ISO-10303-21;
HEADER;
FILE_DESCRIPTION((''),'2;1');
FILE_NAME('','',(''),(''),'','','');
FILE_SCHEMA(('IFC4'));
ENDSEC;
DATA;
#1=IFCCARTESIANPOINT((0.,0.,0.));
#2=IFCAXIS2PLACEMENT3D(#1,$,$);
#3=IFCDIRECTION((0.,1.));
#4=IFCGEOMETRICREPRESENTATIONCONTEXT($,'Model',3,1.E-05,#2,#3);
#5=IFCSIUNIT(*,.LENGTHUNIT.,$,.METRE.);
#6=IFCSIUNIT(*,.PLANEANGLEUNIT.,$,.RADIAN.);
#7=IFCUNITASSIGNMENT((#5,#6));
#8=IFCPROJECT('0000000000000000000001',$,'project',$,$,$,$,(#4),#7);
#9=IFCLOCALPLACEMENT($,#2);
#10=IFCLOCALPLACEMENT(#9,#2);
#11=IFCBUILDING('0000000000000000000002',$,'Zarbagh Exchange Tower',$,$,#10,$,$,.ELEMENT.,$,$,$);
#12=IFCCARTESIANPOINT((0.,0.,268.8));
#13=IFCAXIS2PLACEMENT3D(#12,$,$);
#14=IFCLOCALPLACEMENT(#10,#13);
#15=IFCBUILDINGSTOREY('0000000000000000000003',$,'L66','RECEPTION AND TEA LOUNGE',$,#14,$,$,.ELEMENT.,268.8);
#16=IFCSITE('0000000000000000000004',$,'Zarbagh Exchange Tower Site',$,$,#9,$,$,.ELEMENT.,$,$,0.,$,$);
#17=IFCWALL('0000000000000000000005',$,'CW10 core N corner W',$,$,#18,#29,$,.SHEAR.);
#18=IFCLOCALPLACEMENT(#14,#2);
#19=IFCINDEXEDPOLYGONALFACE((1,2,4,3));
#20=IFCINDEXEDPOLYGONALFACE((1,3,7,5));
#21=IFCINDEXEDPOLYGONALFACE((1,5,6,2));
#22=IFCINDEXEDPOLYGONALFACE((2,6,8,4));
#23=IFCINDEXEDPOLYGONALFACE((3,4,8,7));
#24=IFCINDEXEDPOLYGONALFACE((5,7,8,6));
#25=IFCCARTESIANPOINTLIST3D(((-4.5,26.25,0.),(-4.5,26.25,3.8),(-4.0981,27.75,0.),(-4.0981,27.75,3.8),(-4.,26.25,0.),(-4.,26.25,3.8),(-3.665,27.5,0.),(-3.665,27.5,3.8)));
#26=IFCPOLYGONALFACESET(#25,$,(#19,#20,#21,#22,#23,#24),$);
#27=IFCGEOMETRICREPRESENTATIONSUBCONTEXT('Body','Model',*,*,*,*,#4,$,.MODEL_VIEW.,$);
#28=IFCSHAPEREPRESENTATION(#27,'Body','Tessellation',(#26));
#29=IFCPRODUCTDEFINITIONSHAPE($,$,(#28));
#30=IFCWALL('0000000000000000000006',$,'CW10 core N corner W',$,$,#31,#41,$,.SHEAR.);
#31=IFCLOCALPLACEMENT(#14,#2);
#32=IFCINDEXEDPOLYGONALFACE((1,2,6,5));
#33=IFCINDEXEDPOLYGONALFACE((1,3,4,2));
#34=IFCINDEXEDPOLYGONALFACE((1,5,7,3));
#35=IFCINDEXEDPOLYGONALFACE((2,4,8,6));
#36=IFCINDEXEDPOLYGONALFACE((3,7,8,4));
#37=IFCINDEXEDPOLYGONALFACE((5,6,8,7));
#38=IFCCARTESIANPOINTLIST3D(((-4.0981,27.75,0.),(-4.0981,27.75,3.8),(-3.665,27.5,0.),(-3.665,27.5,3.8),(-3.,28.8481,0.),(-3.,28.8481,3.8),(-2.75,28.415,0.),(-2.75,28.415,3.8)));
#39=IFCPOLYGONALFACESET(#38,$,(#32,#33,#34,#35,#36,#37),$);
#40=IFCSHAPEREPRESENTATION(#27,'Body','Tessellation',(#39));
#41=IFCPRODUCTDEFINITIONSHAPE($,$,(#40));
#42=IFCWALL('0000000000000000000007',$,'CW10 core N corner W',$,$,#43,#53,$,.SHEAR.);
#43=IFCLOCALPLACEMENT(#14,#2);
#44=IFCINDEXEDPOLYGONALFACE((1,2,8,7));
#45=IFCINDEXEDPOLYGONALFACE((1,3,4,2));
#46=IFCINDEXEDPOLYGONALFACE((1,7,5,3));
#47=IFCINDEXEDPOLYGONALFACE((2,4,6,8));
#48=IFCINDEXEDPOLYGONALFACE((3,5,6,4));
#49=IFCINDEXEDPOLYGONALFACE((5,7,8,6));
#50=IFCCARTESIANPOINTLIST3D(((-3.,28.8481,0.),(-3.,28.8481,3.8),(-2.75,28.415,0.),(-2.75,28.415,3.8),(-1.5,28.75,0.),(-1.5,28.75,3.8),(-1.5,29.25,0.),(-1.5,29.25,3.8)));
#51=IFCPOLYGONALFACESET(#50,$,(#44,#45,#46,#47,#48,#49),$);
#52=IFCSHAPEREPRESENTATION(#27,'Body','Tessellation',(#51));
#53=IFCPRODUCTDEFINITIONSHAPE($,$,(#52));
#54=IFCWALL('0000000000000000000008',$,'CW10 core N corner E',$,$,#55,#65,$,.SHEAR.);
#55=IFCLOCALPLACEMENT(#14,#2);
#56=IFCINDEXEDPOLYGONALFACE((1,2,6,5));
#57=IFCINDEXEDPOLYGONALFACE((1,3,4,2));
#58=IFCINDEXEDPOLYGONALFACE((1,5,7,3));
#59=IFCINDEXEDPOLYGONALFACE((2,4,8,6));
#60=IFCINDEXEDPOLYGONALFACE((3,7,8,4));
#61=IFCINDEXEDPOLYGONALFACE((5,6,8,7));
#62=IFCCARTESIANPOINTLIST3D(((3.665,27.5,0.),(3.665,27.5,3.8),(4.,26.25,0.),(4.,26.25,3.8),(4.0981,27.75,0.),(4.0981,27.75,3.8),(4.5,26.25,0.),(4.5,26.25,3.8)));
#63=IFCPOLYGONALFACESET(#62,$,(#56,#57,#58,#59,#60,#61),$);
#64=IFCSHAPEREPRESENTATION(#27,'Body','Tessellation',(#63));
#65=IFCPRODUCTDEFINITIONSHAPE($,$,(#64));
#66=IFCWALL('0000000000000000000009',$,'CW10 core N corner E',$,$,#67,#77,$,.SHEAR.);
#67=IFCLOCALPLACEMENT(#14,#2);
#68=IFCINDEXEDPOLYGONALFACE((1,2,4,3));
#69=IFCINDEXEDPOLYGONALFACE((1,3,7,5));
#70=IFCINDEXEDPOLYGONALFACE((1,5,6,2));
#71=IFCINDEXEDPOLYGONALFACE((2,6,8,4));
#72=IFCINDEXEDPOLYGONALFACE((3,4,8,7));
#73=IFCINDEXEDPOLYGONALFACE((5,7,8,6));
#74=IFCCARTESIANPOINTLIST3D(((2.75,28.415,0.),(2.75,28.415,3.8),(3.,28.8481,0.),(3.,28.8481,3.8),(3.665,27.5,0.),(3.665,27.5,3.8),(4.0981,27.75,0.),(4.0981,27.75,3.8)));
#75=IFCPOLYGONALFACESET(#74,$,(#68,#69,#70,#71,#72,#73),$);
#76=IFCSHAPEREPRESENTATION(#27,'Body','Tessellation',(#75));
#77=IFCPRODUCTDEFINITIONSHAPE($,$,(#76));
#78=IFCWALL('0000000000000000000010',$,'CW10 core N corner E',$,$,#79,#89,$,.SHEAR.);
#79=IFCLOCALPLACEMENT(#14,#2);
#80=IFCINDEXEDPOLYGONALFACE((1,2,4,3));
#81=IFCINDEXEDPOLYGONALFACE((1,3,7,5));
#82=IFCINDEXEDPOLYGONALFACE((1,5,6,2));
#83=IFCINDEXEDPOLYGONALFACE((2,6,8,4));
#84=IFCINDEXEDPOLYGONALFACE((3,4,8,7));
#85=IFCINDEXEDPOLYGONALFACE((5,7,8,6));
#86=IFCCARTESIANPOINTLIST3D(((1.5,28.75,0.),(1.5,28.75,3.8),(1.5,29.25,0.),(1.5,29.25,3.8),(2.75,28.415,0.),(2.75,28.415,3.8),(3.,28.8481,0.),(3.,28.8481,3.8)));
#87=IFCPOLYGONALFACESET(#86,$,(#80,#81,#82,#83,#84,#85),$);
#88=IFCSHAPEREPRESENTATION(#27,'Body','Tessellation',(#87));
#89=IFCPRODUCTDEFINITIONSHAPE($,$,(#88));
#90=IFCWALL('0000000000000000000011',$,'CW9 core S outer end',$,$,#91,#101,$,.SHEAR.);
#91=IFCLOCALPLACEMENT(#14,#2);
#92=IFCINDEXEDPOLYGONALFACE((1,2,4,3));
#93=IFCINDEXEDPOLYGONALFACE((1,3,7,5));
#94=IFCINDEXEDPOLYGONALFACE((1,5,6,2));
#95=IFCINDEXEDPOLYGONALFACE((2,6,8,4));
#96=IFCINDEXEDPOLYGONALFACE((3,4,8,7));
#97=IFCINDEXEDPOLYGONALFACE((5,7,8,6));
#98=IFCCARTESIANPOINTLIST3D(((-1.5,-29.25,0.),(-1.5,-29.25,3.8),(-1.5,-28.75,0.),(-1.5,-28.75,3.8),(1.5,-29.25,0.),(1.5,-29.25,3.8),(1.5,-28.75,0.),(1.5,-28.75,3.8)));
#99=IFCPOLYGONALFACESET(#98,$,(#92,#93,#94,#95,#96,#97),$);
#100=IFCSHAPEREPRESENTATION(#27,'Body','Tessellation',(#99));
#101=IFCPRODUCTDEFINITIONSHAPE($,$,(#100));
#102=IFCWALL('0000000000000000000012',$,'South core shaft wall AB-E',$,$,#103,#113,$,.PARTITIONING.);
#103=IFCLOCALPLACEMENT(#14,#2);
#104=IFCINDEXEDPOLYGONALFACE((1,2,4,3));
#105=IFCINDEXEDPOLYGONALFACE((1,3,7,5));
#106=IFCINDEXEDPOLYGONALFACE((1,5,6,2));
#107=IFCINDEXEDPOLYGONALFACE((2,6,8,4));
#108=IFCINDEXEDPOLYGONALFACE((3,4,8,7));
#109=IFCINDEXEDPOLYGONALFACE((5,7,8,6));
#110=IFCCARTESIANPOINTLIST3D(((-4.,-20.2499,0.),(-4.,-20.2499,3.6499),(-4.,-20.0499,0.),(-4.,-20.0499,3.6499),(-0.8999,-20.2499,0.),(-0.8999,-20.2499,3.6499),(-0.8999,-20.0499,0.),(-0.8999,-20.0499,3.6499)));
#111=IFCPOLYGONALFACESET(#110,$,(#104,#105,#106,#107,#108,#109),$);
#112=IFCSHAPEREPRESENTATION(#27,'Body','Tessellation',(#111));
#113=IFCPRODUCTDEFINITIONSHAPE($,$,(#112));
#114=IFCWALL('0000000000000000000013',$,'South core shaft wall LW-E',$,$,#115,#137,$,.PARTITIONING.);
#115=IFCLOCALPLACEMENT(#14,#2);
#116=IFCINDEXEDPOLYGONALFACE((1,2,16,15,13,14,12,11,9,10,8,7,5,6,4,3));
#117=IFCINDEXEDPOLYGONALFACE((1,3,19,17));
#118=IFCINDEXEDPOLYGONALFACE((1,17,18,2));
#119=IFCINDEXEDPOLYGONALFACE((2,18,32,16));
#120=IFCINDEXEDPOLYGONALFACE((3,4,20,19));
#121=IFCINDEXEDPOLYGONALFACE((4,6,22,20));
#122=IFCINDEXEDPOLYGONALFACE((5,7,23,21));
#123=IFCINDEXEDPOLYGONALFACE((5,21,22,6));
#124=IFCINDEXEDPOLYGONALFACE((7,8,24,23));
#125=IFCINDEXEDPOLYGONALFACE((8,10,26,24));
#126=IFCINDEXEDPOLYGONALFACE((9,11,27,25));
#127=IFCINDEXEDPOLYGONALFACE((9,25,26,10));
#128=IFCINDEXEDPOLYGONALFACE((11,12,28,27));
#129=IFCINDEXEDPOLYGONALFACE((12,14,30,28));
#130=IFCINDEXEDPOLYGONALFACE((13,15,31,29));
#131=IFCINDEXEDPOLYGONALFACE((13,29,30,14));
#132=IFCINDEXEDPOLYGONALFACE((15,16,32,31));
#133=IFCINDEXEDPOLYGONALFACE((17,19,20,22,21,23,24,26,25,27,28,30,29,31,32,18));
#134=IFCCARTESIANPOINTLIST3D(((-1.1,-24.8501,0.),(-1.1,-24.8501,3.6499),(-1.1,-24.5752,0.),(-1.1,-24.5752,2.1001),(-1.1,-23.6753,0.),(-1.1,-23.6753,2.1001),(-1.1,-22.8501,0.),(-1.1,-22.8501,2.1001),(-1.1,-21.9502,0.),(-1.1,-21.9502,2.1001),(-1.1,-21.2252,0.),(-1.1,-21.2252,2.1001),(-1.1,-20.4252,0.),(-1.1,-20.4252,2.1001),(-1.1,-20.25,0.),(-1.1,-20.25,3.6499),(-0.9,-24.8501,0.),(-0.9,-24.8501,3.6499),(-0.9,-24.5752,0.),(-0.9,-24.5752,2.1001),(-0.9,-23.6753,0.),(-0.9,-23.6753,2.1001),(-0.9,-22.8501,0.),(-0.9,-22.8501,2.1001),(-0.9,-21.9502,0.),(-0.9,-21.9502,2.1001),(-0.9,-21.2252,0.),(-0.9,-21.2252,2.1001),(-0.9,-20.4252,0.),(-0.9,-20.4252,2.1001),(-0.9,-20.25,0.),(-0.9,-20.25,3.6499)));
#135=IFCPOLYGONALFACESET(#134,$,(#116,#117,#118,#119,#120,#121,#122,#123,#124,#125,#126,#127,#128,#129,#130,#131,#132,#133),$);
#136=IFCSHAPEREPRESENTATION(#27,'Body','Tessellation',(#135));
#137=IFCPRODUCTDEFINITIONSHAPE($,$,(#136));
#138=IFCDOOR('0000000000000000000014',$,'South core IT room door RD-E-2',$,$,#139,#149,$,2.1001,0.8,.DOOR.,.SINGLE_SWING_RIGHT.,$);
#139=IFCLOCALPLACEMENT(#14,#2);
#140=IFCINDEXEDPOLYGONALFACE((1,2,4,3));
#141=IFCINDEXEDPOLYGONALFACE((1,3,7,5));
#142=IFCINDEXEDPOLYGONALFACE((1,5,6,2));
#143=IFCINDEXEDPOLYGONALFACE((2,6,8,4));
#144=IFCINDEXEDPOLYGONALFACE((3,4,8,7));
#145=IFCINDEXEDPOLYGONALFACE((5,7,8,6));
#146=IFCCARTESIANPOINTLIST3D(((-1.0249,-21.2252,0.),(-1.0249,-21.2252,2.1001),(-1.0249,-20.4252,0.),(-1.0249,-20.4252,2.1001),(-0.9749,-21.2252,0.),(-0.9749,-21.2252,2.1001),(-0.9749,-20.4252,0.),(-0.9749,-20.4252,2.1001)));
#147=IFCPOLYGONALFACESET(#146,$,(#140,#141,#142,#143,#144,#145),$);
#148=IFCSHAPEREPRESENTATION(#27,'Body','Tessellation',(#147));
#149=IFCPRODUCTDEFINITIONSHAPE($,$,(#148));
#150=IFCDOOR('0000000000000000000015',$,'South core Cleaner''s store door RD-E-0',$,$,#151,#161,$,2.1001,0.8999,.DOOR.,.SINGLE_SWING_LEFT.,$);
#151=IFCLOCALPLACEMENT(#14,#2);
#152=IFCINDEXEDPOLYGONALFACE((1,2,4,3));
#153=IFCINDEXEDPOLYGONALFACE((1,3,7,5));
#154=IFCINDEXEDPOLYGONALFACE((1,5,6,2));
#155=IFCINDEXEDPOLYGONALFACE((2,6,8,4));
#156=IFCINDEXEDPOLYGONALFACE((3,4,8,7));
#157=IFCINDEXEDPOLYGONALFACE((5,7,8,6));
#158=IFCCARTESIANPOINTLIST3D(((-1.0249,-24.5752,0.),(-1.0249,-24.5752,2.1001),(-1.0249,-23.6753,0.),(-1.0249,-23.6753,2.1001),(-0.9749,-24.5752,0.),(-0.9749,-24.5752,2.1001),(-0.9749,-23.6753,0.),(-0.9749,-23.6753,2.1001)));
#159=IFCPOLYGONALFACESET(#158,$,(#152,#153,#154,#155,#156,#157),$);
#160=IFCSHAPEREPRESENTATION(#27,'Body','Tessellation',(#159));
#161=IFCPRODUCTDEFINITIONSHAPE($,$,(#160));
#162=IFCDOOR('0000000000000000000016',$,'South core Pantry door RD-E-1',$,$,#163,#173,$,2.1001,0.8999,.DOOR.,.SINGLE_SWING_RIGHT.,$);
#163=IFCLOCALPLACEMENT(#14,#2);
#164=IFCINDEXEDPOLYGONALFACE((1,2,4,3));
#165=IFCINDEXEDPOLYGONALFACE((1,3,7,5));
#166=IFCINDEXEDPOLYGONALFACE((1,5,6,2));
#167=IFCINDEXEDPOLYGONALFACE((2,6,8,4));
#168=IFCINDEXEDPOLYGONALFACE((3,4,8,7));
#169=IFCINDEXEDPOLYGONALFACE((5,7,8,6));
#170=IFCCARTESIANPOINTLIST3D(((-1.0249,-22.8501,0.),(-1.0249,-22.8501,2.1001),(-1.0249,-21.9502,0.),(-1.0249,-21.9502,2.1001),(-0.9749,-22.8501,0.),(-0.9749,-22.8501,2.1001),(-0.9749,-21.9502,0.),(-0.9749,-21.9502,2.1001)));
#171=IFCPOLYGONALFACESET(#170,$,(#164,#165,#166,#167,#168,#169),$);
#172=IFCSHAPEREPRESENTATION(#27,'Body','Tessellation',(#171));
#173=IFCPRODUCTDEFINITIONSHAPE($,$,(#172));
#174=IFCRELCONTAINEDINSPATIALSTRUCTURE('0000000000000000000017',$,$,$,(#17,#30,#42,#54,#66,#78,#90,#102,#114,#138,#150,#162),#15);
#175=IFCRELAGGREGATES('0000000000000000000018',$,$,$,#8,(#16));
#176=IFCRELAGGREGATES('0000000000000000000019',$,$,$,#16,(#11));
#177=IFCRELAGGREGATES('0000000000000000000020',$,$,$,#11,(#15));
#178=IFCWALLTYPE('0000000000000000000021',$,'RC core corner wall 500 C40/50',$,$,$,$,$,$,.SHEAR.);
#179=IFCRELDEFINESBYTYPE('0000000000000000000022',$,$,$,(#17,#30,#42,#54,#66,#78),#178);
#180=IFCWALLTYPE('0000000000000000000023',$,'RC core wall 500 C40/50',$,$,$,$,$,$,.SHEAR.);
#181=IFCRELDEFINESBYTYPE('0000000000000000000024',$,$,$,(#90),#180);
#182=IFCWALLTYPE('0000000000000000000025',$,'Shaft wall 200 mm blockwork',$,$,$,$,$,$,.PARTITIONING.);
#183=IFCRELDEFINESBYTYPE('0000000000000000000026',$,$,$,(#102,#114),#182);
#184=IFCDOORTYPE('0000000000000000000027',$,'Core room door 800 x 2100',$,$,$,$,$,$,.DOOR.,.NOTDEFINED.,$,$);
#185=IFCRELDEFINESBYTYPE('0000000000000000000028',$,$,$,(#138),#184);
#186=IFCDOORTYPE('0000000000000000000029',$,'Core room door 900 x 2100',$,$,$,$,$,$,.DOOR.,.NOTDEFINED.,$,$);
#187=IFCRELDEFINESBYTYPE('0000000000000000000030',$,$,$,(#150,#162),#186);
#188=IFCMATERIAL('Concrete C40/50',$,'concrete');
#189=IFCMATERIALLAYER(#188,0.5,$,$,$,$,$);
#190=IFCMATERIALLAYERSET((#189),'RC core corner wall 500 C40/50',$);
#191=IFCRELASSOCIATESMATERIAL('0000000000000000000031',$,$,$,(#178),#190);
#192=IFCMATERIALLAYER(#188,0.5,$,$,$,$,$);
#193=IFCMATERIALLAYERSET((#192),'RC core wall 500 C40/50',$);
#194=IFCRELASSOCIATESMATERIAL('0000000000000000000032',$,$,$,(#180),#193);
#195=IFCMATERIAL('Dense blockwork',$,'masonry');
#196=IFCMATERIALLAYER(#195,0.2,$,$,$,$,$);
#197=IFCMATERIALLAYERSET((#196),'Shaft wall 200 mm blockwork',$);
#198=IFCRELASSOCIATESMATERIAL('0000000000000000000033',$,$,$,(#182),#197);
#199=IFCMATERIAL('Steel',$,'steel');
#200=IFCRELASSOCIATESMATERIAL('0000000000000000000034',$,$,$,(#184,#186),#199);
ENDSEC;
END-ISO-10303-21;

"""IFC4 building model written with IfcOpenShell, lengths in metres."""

from ifc_helpers import new_model, si_unit, direction, frame, frame_2d, origin, place, context, subcontext, project, spatial, polyline, rectangle, outline, extrude, material, layer, layer_set, type_object, element, fill, save


model = new_model("IFC4")

# Units and contexts
model_context = context("Model", 3, precision=1e-05, world=origin(), true_north=direction((0.0, 1.0)))
body_context = subcontext(model_context, "Body", "Model", "MODEL_VIEW")
ifc_project = project(units=[si_unit("LENGTHUNIT", "METRE"), si_unit("PLANEANGLEUNIT", "RADIAN")], contexts=[model_context])

# Site, building, storey
site_placement = place(None, origin())
site = spatial("IfcSite", under=ifc_project, at=site_placement, Name="Zarbagh Exchange Tower Site", CompositionType="ELEMENT", RefElevation=0.0)
building_placement = place(site_placement, origin())
building = spatial("IfcBuilding", under=site, at=building_placement, Name="Zarbagh Exchange Tower", CompositionType="ELEMENT")
storey_placement = place(building_placement, frame((0.0, 0.0, 268.8)))
storey = spatial("IfcBuildingStorey", under=building, at=storey_placement, Name="L66", Description="RECEPTION AND TEA LOUNGE", CompositionType="ELEMENT", Elevation=268.8)

# Shared definitions
ifc_material_1 = material(Name="Concrete C40/50", Category="concrete")

# Shared definitions
ifc_material_2 = material(Name="Dense blockwork", Category="masonry")

# Walls
ifc_layer_1 = layer(ifc_material_1, 0.5)
ifc_layer_set_1 = layer_set([ifc_layer_1], Name="RC core corner wall 500 C40/50")
wall_type_1 = type_object("IfcWallType", Name="RC core corner wall 500 C40/50", PredefinedType="SHEAR", material=ifc_layer_set_1)
wall_1_placement = place(storey_placement, origin())
element("IfcWall", 1, at=wall_1_placement, inside=storey, type_object=wall_type_1, Name="CW10 core N corner W", PredefinedType="SHEAR", context=body_context, shape_type="SweptSolid", body=[
    extrude(outline(polyline([(-4.5, 26.25), (-4.0981, 27.75), (-3.665, 27.5), (-4.0, 26.25), (-4.5, 26.25)])), origin(), (0.0, 0.0, 1.0), 3.8),
])
wall_2_placement = place(storey_placement, origin())
element("IfcWall", 2, at=wall_2_placement, inside=storey, type_object=wall_type_1, Name="CW10 core N corner W", PredefinedType="SHEAR", context=body_context, shape_type="SweptSolid", body=[
    extrude(outline(polyline([(-4.0981, 27.75), (-3.0, 28.8481), (-2.75, 28.415), (-3.665, 27.5), (-4.0981, 27.75)])), origin(), (0.0, 0.0, 1.0), 3.8),
])
wall_3_placement = place(storey_placement, origin())
element("IfcWall", 3, at=wall_3_placement, inside=storey, type_object=wall_type_1, Name="CW10 core N corner W", PredefinedType="SHEAR", context=body_context, shape_type="SweptSolid", body=[
    extrude(outline(polyline([(-3.0, 28.8481), (-1.5, 29.25), (-1.5, 28.75), (-2.75, 28.415), (-3.0, 28.8481)])), origin(), (0.0, 0.0, 1.0), 3.8),
])
wall_4_placement = place(storey_placement, origin())
element("IfcWall", 4, at=wall_4_placement, inside=storey, type_object=wall_type_1, Name="CW10 core N corner E", PredefinedType="SHEAR", context=body_context, shape_type="SweptSolid", body=[
    extrude(outline(polyline([(4.5, 26.25), (4.0981, 27.75), (3.665, 27.5), (4.0, 26.25), (4.5, 26.25)])), origin(), (0.0, 0.0, 1.0), 3.8),
])
wall_5_placement = place(storey_placement, origin())
element("IfcWall", 5, at=wall_5_placement, inside=storey, type_object=wall_type_1, Name="CW10 core N corner E", PredefinedType="SHEAR", context=body_context, shape_type="SweptSolid", body=[
    extrude(outline(polyline([(4.0981, 27.75), (3.0, 28.8481), (2.75, 28.415), (3.665, 27.5), (4.0981, 27.75)])), origin(), (0.0, 0.0, 1.0), 3.8),
])
wall_6_placement = place(storey_placement, origin())
element("IfcWall", 6, at=wall_6_placement, inside=storey, type_object=wall_type_1, Name="CW10 core N corner E", PredefinedType="SHEAR", context=body_context, shape_type="SweptSolid", body=[
    extrude(outline(polyline([(3.0, 28.8481), (1.5, 29.25), (1.5, 28.75), (2.75, 28.415), (3.0, 28.8481)])), origin(), (0.0, 0.0, 1.0), 3.8),
])
ifc_layer_2 = layer(ifc_material_1, 0.5)
ifc_layer_set_2 = layer_set([ifc_layer_2], Name="RC core wall 500 C40/50")
wall_type_2 = type_object("IfcWallType", Name="RC core wall 500 C40/50", PredefinedType="SHEAR", material=ifc_layer_set_2)
wall_7_placement = place(storey_placement, frame((-1.5, -29.0, 0.0), z_axis=(0.0, 0.0, 1.0), x_axis=(1.0, 0.0, 0.0)))
element("IfcWall", 7, at=wall_7_placement, inside=storey, type_object=wall_type_2, Name="CW9 core S outer end", PredefinedType="SHEAR", context=body_context, shape_type="SweptSolid", body=[
    extrude(rectangle(XDim=3.0, YDim=0.5, at=frame_2d((1.5, 0.0))), origin(), (0.0, 0.0, 1.0), 3.8),
])
ifc_layer_3 = layer(ifc_material_2, 0.2)
ifc_layer_set_3 = layer_set([ifc_layer_3], Name="Shaft wall 200 mm blockwork")
wall_type_3 = type_object("IfcWallType", Name="Shaft wall 200 mm blockwork", PredefinedType="PARTITIONING", material=ifc_layer_set_3)
wall_8_placement = place(storey_placement, frame((-0.8999, -20.1499, 0.0), z_axis=(0.0, 0.0, 1.0), x_axis=(-1.0, 0.0, 0.0)))
element("IfcWall", 8, at=wall_8_placement, inside=storey, type_object=wall_type_3, Name="South core shaft wall AB-E", PredefinedType="PARTITIONING", context=body_context, shape_type="SweptSolid", body=[
    extrude(rectangle(XDim=3.1001, YDim=0.2, at=frame_2d((1.55, 0.0))), origin(), (0.0, 0.0, 1.0), 3.6499),
])

# Wall, openings, doors
wall_9_placement = place(storey_placement, frame((-1.0, -24.8501, 0.0), z_axis=(0.0, 0.0, 1.0), x_axis=(0.0, 1.0, 0.0)))
wall_9 = element("IfcWall", 9, at=wall_9_placement, inside=storey, type_object=wall_type_3, Name="South core shaft wall LW-E", PredefinedType="PARTITIONING", context=body_context, shape_type="SweptSolid", body=[
    extrude(rectangle(XDim=4.6001, YDim=0.2, at=frame_2d((2.3, 0.0))), origin(), (0.0, 0.0, 1.0), 3.6499),
])
opening_1_placement = place(wall_9_placement, frame((0.2749, 0.0, 0.0)))
opening_1 = element("IfcOpeningElement", 10, at=opening_1_placement, cuts=wall_9, PredefinedType="OPENING", context=body_context, shape_type="SweptSolid", body=[
    extrude(rectangle(XDim=0.8999, YDim=2.1001, at=frame_2d((0.45, 1.05))), frame((0.0, 0.1099, 0.0), z_axis=(0.0, -1.0, 0.0), x_axis=(1.0, 0.0, 0.0)), (0.0, 0.0, 1.0), 0.22),
])
opening_2_placement = place(wall_9_placement, frame((2.0, 0.0, 0.0)))
opening_2 = element("IfcOpeningElement", 11, at=opening_2_placement, cuts=wall_9, PredefinedType="OPENING", context=body_context, shape_type="SweptSolid", body=[
    extrude(rectangle(XDim=0.8999, YDim=2.1001, at=frame_2d((0.45, 1.05))), frame((0.0, 0.1099, 0.0), z_axis=(0.0, -1.0, 0.0), x_axis=(1.0, 0.0, 0.0)), (0.0, 0.0, 1.0), 0.22),
])
opening_3_placement = place(wall_9_placement, frame((3.625, 0.0, 0.0)))
opening_3 = element("IfcOpeningElement", 12, at=opening_3_placement, cuts=wall_9, PredefinedType="OPENING", context=body_context, shape_type="SweptSolid", body=[
    extrude(rectangle(XDim=0.8, YDim=2.1001, at=frame_2d((0.3999, 1.05))), frame((0.0, 0.1099, 0.0), z_axis=(0.0, -1.0, 0.0), x_axis=(1.0, 0.0, 0.0)), (0.0, 0.0, 1.0), 0.22),
])
ifc_material_3 = material(Name="Steel", Category="steel")
door_type_1 = type_object("IfcDoorType", Name="Core room door 800 x 2100", OperationType="NOTDEFINED", PredefinedType="DOOR", material=ifc_material_3)
door_1_placement = place(opening_3_placement, origin())
door_1 = element("IfcDoor", 13, at=door_1_placement, inside=storey, type_object=door_type_1, Name="South core IT room door RD-E-2", OperationType="SINGLE_SWING_RIGHT", OverallHeight=2.1001, OverallWidth=0.8, PredefinedType="DOOR", context=body_context, shape_type="SweptSolid", body=[
    extrude(rectangle(XDim=0.8, YDim=2.1001, at=frame_2d((0.3999, 1.05))), frame((0.0, 0.0249, 0.0), z_axis=(0.0, -1.0, 0.0), x_axis=(1.0, 0.0, 0.0)), (0.0, 0.0, 1.0), 0.05),
])
fill(opening_3, door_1)
door_type_2 = type_object("IfcDoorType", Name="Core room door 900 x 2100", OperationType="NOTDEFINED", PredefinedType="DOOR", material=ifc_material_3)
door_2_placement = place(opening_1_placement, origin())
door_2 = element("IfcDoor", 14, at=door_2_placement, inside=storey, type_object=door_type_2, Name="South core Cleaner's store door RD-E-0", OperationType="SINGLE_SWING_LEFT", OverallHeight=2.1001, OverallWidth=0.8999, PredefinedType="DOOR", context=body_context, shape_type="SweptSolid", body=[
    extrude(rectangle(XDim=0.8999, YDim=2.1001, at=frame_2d((0.45, 1.05))), frame((0.0, 0.0249, 0.0), z_axis=(0.0, -1.0, 0.0), x_axis=(1.0, 0.0, 0.0)), (0.0, 0.0, 1.0), 0.05),
])
fill(opening_1, door_2)
door_3_placement = place(opening_2_placement, origin())
door_3 = element("IfcDoor", 15, at=door_3_placement, inside=storey, type_object=door_type_2, Name="South core Pantry door RD-E-1", OperationType="SINGLE_SWING_RIGHT", OverallHeight=2.1001, OverallWidth=0.8999, PredefinedType="DOOR", context=body_context, shape_type="SweptSolid", body=[
    extrude(rectangle(XDim=0.8999, YDim=2.1001, at=frame_2d((0.45, 1.05))), frame((0.0, 0.0249, 0.0), z_axis=(0.0, -1.0, 0.0), x_axis=(1.0, 0.0, 0.0)), (0.0, 0.0, 1.0), 0.05),
])
fill(opening_2, door_3)

save(model, "model.ifc")
